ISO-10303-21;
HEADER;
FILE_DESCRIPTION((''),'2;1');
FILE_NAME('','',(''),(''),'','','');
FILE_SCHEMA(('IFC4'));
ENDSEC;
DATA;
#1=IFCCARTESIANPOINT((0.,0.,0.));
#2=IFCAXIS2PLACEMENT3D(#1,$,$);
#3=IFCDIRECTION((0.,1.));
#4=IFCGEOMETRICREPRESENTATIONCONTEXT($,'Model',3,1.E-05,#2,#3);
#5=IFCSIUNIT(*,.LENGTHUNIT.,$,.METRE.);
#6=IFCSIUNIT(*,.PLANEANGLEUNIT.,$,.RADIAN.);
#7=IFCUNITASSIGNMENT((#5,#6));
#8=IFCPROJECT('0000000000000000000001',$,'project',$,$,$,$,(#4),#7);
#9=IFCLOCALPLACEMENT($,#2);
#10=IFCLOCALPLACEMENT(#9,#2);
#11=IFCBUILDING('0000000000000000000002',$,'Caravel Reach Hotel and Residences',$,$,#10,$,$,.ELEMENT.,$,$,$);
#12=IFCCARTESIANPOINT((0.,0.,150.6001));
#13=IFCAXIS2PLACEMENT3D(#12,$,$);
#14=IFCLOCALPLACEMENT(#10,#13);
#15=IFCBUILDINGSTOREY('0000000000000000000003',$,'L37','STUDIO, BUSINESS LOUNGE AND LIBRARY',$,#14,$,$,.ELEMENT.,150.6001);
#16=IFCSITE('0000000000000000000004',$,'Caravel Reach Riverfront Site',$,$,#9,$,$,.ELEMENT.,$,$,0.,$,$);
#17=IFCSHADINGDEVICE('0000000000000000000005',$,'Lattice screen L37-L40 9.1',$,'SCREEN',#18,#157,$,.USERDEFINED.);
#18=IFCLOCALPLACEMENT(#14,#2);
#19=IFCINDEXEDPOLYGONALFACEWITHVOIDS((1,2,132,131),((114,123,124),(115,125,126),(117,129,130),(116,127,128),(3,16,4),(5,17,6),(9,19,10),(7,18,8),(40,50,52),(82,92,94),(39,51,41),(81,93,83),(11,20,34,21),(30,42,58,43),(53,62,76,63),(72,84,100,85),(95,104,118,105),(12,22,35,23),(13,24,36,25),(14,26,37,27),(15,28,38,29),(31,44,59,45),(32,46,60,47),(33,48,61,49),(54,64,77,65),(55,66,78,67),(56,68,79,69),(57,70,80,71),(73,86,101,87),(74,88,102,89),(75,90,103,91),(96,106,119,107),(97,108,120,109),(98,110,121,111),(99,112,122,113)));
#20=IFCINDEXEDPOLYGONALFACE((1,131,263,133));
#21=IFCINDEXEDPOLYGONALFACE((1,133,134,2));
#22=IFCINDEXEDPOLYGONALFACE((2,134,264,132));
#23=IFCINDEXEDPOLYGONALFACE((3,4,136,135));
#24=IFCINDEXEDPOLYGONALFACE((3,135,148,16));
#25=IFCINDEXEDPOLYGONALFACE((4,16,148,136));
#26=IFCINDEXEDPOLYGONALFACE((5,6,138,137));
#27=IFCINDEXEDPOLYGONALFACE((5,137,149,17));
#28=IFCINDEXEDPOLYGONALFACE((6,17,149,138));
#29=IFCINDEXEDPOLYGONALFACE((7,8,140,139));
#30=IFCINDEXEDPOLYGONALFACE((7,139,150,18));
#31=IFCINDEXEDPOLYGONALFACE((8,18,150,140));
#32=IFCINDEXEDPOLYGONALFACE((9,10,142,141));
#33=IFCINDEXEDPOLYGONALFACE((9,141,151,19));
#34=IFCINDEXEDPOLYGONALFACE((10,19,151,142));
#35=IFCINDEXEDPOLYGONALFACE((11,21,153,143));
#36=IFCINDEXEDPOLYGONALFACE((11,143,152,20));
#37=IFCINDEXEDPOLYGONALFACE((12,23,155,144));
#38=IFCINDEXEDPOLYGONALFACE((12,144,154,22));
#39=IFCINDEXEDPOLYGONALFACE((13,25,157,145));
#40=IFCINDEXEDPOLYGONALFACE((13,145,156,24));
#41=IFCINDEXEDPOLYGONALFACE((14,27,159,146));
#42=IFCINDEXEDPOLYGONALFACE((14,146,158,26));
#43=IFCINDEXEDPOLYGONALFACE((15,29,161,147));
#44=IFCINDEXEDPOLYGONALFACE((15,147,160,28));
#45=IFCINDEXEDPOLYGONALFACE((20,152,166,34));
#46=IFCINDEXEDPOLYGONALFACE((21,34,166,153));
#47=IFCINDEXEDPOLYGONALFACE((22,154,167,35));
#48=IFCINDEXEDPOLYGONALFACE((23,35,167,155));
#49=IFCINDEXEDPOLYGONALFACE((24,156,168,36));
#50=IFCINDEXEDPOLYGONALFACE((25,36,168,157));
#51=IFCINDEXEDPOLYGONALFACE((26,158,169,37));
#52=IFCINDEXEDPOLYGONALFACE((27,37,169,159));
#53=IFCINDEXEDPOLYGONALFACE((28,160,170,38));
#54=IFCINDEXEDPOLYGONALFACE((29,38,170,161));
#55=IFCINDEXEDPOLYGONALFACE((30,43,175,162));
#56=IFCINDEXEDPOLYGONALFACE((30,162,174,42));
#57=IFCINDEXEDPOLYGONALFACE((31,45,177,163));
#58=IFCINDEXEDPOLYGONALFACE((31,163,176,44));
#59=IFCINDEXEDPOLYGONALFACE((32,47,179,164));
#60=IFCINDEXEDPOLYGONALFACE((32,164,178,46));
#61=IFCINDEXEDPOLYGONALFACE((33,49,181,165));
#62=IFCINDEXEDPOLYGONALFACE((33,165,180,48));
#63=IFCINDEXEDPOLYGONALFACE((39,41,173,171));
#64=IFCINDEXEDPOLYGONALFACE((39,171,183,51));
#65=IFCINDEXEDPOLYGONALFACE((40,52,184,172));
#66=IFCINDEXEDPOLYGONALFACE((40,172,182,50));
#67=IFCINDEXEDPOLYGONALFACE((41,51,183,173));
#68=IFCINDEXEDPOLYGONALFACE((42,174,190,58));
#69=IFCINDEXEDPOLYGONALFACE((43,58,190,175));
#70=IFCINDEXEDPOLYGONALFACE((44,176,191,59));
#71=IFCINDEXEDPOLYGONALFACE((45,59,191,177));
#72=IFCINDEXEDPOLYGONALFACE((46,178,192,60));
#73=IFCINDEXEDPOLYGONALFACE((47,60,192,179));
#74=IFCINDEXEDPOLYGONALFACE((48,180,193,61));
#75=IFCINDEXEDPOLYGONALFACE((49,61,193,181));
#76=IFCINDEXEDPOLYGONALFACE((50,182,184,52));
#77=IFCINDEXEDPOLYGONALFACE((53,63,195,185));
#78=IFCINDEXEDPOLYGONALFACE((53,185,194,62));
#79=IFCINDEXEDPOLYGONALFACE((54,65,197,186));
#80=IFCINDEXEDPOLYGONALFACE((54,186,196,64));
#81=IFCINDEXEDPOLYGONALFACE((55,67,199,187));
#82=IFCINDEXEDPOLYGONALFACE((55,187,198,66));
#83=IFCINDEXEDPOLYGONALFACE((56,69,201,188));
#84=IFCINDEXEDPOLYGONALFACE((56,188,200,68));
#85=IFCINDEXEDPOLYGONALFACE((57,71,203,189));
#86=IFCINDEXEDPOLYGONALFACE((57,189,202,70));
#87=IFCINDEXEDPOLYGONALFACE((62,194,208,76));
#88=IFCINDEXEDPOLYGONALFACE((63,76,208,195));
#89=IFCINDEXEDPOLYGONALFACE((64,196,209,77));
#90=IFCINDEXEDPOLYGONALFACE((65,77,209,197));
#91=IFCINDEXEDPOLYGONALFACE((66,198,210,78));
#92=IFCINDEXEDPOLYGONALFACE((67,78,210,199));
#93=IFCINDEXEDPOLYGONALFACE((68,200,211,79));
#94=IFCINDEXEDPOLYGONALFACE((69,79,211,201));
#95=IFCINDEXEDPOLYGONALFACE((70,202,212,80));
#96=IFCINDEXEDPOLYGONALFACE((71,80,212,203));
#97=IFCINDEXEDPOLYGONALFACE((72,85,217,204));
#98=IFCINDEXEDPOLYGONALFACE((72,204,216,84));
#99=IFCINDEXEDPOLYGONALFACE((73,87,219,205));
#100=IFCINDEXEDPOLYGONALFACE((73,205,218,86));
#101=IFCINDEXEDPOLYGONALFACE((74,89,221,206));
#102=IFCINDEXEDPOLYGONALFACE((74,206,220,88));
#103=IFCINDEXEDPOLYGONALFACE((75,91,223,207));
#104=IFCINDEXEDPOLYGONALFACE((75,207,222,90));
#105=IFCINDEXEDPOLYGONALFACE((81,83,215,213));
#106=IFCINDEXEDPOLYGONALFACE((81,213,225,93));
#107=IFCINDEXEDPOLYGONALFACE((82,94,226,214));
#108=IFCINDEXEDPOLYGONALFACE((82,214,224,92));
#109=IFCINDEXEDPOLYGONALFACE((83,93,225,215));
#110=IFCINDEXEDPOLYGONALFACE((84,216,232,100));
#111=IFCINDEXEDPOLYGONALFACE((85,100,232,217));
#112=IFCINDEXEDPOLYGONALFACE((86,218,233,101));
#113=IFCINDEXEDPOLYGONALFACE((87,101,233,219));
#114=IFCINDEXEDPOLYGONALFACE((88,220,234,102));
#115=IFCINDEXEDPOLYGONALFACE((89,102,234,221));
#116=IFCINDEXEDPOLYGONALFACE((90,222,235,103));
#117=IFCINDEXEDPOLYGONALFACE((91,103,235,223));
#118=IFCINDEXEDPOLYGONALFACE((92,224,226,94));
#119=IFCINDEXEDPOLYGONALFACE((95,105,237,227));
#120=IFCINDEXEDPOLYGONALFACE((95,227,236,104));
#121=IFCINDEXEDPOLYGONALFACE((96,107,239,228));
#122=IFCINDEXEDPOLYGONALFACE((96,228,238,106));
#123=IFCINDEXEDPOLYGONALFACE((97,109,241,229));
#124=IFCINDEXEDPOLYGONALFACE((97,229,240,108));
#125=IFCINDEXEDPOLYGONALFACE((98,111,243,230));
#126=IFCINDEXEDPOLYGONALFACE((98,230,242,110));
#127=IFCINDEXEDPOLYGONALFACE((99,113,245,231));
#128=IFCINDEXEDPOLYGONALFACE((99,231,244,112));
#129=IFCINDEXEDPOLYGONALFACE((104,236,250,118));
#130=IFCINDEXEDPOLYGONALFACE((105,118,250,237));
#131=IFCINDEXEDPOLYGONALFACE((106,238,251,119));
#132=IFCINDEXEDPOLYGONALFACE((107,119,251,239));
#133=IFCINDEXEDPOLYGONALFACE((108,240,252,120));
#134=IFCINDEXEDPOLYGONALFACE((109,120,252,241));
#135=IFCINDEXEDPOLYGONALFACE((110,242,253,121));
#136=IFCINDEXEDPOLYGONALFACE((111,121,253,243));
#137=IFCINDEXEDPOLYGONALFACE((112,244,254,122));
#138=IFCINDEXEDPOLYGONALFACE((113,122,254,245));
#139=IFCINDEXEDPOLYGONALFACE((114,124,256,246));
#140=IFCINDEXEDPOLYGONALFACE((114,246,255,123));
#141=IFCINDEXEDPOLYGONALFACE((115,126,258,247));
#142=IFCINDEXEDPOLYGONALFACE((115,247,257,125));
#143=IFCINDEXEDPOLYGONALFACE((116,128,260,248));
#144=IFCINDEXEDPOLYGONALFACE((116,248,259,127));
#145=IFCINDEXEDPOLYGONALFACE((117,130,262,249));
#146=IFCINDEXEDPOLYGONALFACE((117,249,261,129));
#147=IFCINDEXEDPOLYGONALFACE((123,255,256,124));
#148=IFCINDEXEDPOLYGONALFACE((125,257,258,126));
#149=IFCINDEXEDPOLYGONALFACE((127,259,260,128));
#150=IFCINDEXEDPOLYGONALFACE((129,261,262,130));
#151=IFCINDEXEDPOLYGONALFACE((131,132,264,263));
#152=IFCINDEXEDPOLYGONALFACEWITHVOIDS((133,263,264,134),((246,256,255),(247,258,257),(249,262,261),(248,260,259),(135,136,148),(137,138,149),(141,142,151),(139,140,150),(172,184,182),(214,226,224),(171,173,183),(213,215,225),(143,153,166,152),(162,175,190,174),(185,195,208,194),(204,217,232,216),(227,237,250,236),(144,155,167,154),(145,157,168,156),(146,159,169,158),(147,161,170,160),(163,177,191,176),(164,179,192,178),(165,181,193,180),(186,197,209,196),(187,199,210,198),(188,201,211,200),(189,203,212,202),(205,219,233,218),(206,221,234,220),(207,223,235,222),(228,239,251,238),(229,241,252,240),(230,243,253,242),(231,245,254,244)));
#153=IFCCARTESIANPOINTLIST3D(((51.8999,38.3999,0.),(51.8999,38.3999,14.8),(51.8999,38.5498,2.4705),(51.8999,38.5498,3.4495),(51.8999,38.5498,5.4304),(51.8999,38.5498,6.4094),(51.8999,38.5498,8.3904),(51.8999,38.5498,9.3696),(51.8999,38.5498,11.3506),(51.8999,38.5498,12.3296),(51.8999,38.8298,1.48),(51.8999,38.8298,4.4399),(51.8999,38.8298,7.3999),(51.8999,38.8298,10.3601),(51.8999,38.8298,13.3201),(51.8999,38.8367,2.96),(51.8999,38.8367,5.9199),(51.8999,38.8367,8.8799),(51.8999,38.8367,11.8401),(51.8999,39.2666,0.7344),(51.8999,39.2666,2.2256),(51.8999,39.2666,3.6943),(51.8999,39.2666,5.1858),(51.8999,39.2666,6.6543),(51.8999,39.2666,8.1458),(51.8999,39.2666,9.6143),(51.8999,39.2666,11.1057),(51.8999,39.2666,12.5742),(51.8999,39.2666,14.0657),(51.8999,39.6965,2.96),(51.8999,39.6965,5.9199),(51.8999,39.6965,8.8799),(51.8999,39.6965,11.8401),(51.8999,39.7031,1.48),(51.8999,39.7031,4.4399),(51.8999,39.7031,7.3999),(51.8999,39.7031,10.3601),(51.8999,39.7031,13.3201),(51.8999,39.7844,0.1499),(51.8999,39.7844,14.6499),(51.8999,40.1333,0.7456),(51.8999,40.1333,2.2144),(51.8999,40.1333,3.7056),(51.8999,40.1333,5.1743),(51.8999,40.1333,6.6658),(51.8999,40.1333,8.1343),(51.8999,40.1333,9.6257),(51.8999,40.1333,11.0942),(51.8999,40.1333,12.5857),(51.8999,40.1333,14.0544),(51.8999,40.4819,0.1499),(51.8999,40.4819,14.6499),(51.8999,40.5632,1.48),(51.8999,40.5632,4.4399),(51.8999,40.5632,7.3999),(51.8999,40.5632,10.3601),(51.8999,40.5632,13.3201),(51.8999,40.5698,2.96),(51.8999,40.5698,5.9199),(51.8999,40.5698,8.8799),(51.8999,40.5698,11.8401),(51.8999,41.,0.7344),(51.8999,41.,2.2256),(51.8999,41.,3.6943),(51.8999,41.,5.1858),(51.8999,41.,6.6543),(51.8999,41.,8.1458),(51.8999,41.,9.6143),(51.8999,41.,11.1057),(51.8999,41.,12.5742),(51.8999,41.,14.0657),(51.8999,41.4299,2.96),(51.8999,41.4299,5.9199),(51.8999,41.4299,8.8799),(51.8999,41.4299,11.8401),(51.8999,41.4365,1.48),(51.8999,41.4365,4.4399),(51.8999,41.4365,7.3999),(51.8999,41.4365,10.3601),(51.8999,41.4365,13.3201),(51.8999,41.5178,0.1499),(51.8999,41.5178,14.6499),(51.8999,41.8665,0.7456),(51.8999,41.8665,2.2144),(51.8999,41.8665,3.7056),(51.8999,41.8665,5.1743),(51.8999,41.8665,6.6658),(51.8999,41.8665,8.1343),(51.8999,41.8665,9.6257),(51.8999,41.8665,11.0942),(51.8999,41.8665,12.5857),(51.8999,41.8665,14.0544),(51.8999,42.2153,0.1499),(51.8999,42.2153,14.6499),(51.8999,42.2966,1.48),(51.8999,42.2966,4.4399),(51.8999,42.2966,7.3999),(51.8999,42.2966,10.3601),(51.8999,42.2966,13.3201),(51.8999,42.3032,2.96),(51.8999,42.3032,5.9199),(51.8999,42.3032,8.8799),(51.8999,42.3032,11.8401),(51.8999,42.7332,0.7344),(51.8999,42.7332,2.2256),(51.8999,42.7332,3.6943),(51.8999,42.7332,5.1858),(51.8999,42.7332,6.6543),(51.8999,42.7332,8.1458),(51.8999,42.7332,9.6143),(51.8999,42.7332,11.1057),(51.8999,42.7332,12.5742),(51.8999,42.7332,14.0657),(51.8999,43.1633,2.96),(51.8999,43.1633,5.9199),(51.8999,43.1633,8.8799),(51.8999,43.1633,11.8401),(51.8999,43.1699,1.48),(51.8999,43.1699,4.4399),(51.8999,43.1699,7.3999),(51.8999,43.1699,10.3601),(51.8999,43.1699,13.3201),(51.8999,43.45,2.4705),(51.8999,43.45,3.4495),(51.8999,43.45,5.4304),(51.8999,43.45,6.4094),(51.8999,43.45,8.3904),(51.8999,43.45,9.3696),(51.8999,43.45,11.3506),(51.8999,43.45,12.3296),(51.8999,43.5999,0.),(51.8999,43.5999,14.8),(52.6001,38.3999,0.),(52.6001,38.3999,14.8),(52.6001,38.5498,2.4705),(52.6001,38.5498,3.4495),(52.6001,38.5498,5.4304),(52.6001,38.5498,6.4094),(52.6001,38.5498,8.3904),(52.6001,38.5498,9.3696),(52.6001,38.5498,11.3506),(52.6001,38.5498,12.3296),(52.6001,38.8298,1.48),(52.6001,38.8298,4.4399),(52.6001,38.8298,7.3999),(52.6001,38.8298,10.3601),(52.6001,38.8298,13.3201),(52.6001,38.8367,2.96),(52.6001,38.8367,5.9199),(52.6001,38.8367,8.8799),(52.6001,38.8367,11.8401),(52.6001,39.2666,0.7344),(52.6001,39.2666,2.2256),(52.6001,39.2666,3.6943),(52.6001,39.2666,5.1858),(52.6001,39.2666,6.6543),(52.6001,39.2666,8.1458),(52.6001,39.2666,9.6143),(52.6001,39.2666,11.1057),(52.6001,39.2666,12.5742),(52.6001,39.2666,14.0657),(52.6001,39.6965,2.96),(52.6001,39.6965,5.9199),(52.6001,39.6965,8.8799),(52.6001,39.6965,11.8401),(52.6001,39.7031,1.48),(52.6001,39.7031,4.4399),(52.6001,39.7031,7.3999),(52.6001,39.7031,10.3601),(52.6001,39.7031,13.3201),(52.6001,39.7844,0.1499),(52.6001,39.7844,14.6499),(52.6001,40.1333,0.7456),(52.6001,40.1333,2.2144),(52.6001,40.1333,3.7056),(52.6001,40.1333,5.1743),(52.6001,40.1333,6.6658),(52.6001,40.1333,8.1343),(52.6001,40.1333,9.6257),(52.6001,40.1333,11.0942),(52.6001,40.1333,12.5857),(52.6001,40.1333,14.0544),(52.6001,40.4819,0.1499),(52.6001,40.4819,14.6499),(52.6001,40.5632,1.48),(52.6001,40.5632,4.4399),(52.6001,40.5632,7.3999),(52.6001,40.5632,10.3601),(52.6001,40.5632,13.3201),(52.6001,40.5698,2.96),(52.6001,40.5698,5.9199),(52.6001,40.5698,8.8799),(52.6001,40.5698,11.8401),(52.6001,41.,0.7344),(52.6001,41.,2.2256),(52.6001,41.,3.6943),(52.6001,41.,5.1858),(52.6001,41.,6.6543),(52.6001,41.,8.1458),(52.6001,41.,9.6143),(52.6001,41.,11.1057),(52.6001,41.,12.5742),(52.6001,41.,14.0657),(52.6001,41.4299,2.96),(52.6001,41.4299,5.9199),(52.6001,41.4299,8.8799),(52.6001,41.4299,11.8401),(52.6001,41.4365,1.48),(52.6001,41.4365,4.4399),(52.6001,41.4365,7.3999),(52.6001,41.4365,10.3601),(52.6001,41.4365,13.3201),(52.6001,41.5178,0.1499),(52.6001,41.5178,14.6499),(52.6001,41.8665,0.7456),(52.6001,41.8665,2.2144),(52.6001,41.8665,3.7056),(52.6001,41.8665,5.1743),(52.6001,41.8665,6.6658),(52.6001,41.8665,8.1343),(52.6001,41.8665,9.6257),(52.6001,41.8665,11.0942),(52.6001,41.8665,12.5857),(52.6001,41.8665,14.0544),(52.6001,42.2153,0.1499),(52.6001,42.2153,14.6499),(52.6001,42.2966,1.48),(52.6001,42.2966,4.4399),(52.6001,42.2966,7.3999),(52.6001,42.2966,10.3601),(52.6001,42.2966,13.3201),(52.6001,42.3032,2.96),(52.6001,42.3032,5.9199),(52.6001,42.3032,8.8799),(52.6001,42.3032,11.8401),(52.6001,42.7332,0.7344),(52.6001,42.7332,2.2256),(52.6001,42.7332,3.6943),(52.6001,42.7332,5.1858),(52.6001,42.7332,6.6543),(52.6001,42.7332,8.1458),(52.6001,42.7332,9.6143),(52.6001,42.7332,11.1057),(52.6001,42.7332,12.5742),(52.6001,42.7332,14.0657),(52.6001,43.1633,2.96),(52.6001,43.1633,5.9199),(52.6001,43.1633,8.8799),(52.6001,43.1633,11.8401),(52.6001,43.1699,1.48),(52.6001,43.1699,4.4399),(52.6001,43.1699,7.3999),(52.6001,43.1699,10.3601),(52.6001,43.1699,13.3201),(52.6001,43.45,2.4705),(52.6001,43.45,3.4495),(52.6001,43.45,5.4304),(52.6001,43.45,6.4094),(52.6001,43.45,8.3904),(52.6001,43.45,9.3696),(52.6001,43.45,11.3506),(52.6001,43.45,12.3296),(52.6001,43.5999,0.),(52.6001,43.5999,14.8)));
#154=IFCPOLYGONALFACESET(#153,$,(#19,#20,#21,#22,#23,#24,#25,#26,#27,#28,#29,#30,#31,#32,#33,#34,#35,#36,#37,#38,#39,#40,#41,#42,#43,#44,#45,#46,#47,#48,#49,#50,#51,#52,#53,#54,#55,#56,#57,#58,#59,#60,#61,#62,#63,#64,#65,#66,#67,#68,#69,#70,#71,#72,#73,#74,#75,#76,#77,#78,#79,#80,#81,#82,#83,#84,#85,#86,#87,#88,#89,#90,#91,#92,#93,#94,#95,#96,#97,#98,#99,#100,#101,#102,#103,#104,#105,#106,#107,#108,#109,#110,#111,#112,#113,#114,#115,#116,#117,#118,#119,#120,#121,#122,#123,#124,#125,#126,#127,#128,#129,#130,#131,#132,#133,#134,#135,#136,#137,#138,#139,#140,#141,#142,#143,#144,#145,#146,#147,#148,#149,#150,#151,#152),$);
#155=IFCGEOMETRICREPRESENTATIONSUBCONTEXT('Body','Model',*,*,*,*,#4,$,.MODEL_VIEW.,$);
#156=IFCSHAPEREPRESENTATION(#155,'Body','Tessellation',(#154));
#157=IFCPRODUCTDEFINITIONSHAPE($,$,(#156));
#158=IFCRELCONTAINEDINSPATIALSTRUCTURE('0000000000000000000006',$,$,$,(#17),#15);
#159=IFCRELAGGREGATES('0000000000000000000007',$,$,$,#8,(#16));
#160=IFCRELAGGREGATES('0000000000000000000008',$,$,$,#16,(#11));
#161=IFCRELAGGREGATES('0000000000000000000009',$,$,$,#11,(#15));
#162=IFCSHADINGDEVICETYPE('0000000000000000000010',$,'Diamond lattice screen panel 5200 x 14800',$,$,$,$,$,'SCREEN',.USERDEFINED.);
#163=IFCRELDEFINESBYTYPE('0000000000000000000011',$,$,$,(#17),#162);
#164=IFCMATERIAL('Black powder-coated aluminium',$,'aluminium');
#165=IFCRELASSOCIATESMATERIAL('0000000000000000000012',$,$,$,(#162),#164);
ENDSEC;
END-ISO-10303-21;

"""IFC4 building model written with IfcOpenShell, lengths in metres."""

from ifc_helpers import new_model, si_unit, direction, frame, origin, place, context, subcontext, project, spatial, polyline, outline, extrude, material, type_object, element, save


model = new_model("IFC4")

# Units and contexts
model_context = context("Model", 3, precision=1e-05, world=origin(), true_north=direction((0.0, 1.0)))
body_context = subcontext(model_context, "Body", "Model", "MODEL_VIEW")
ifc_project = project(units=[si_unit("LENGTHUNIT", "METRE"), si_unit("PLANEANGLEUNIT", "RADIAN")], contexts=[model_context])

# Site, building, storey
site_placement = place(None, origin())
site = spatial("IfcSite", under=ifc_project, at=site_placement, Name="Caravel Reach Riverfront Site", CompositionType="ELEMENT", RefElevation=0.0)
building_placement = place(site_placement, origin())
building = spatial("IfcBuilding", under=site, at=building_placement, Name="Caravel Reach Hotel and Residences", CompositionType="ELEMENT")
storey_placement = place(building_placement, frame((0.0, 0.0, 150.6001)))
storey = spatial("IfcBuildingStorey", under=building, at=storey_placement, Name="L37", Description="STUDIO, BUSINESS LOUNGE AND LIBRARY", CompositionType="ELEMENT", Elevation=150.6001)

# Shading device
ifc_material_1 = material(Name="Black powder-coated aluminium", Category="aluminium")
shading_device_type_1 = type_object("IfcShadingDeviceType", Name="Diamond lattice screen panel 5200 x 14800", ElementType="SCREEN", PredefinedType="USERDEFINED", material=ifc_material_1)
shading_device_1_placement = place(storey_placement, frame((51.8999, 38.3999, 0.0), z_axis=(1.0, 0.0, 0.0), x_axis=(0.0, 1.0, 0.0)))
element("IfcShadingDevice", 1, at=shading_device_1_placement, inside=storey, type_object=shading_device_type_1, Name="Lattice screen L37-L40 9.1", ObjectType="SCREEN", PredefinedType="USERDEFINED", context=body_context, shape_type="SweptSolid", body=[
    extrude(outline(polyline([(0.0, 0.0), (5.2, 0.0), (5.2, 14.8), (0.0, 14.8), (0.0, 0.0)]), holes=[polyline([(0.4368, 2.96), (0.1499, 3.4495), (0.1499, 2.4705), (0.4368, 2.96)]), polyline([(0.4368, 5.9199), (0.1499, 6.4094), (0.1499, 5.4304), (0.4368, 5.9199)]), polyline([(0.4368, 8.8799), (0.1499, 9.3696), (0.1499, 8.3904), (0.4368, 8.8799)]), polyline([(0.4368, 11.8401), (0.1499, 12.3296), (0.1499, 11.3506), (0.4368, 11.8401)]), polyline([(0.8667, 2.2256), (0.4299, 1.48), (0.8667, 0.7344), (1.3032, 1.48), (0.8667, 2.2256)]), polyline([(0.8667, 5.1858), (0.4299, 4.4399), (0.8667, 3.6943), (1.3032, 4.4399), (0.8667, 5.1858)]), polyline([(0.8667, 8.1458), (0.4299, 7.3999), (0.8667, 6.6543), (1.3032, 7.3999), (0.8667, 8.1458)]), polyline([(0.8667, 11.1057), (0.4299, 10.3601), (0.8667, 9.6143), (1.3032, 10.3601), (0.8667, 11.1057)]), polyline([(0.8667, 14.0657), (0.4299, 13.3201), (0.8667, 12.5742), (1.3032, 13.3201), (0.8667, 14.0657)]), polyline([(1.7334, 0.7456), (1.3845, 0.1499), (2.082, 0.1499), (1.7334, 0.7456)]), polyline([(1.7334, 3.7056), (1.2966, 2.96), (1.7334, 2.2144), (2.1699, 2.96), (1.7334, 3.7056)]), polyline([(1.7334, 6.6658), (1.2966, 5.9199), (1.7334, 5.1743), (2.1699, 5.9199), (1.7334, 6.6658)]), polyline([(1.7334, 9.6257), (1.2966, 8.8799), (1.7334, 8.1343), (2.1699, 8.8799), (1.7334, 9.6257)]), polyline([(1.7334, 12.5857), (1.2966, 11.8401), (1.7334, 11.0942), (2.1699, 11.8401), (1.7334, 12.5857)]), polyline([(1.7334, 14.0544), (2.082, 14.6499), (1.3845, 14.6499), (1.7334, 14.0544)]), polyline([(2.6001, 2.2256), (2.1633, 1.48), (2.6001, 0.7344), (3.0366, 1.48), (2.6001, 2.2256)]), polyline([(2.6001, 5.1858), (2.1633, 4.4399), (2.6001, 3.6943), (3.0366, 4.4399), (2.6001, 5.1858)]), polyline([(2.6001, 8.1458), (2.1633, 7.3999), (2.6001, 6.6543), (3.0366, 7.3999), (2.6001, 8.1458)]), polyline([(2.6001, 11.1057), (2.1633, 10.3601), (2.6001, 9.6143), (3.0366, 10.3601), (2.6001, 11.1057)]), polyline([(2.6001, 14.0657), (2.1633, 13.3201), (2.6001, 12.5742), (3.0366, 13.3201), (2.6001, 14.0657)]), polyline([(3.4666, 0.7456), (3.1179, 0.1499), (3.8154, 0.1499), (3.4666, 0.7456)]), polyline([(3.4666, 3.7056), (3.03, 2.96), (3.4666, 2.2144), (3.9033, 2.96), (3.4666, 3.7056)]), polyline([(3.4666, 6.6658), (3.03, 5.9199), (3.4666, 5.1743), (3.9033, 5.9199), (3.4666, 6.6658)]), polyline([(3.4666, 9.6257), (3.03, 8.8799), (3.4666, 8.1343), (3.9033, 8.8799), (3.4666, 9.6257)]), polyline([(3.4666, 12.5857), (3.03, 11.8401), (3.4666, 11.0942), (3.9033, 11.8401), (3.4666, 12.5857)]), polyline([(3.4666, 14.0544), (3.8154, 14.6499), (3.1179, 14.6499), (3.4666, 14.0544)]), polyline([(4.3333, 2.2256), (3.8967, 1.48), (4.3333, 0.7344), (4.77, 1.48), (4.3333, 2.2256)]), polyline([(4.3333, 5.1858), (3.8967, 4.4399), (4.3333, 3.6943), (4.77, 4.4399), (4.3333, 5.1858)]), polyline([(4.3333, 8.1458), (3.8967, 7.3999), (4.3333, 6.6543), (4.77, 7.3999), (4.3333, 8.1458)]), polyline([(4.3333, 11.1057), (3.8967, 10.3601), (4.3333, 9.6143), (4.77, 10.3601), (4.3333, 11.1057)]), polyline([(4.3333, 14.0657), (3.8967, 13.3201), (4.3333, 12.5742), (4.77, 13.3201), (4.3333, 14.0657)]), polyline([(4.7634, 2.96), (5.05, 2.4705), (5.05, 3.4495), (4.7634, 2.96)]), polyline([(4.7634, 5.9199), (5.05, 5.4304), (5.05, 6.4094), (4.7634, 5.9199)]), polyline([(4.7634, 8.8799), (5.05, 8.3904), (5.05, 9.3696), (4.7634, 8.8799)]), polyline([(4.7634, 11.8401), (5.05, 11.3506), (5.05, 12.3296), (4.7634, 11.8401)])]), origin(), (0.0, 0.0, 1.0), 0.7002),
])

save(model, "model.ifc")
